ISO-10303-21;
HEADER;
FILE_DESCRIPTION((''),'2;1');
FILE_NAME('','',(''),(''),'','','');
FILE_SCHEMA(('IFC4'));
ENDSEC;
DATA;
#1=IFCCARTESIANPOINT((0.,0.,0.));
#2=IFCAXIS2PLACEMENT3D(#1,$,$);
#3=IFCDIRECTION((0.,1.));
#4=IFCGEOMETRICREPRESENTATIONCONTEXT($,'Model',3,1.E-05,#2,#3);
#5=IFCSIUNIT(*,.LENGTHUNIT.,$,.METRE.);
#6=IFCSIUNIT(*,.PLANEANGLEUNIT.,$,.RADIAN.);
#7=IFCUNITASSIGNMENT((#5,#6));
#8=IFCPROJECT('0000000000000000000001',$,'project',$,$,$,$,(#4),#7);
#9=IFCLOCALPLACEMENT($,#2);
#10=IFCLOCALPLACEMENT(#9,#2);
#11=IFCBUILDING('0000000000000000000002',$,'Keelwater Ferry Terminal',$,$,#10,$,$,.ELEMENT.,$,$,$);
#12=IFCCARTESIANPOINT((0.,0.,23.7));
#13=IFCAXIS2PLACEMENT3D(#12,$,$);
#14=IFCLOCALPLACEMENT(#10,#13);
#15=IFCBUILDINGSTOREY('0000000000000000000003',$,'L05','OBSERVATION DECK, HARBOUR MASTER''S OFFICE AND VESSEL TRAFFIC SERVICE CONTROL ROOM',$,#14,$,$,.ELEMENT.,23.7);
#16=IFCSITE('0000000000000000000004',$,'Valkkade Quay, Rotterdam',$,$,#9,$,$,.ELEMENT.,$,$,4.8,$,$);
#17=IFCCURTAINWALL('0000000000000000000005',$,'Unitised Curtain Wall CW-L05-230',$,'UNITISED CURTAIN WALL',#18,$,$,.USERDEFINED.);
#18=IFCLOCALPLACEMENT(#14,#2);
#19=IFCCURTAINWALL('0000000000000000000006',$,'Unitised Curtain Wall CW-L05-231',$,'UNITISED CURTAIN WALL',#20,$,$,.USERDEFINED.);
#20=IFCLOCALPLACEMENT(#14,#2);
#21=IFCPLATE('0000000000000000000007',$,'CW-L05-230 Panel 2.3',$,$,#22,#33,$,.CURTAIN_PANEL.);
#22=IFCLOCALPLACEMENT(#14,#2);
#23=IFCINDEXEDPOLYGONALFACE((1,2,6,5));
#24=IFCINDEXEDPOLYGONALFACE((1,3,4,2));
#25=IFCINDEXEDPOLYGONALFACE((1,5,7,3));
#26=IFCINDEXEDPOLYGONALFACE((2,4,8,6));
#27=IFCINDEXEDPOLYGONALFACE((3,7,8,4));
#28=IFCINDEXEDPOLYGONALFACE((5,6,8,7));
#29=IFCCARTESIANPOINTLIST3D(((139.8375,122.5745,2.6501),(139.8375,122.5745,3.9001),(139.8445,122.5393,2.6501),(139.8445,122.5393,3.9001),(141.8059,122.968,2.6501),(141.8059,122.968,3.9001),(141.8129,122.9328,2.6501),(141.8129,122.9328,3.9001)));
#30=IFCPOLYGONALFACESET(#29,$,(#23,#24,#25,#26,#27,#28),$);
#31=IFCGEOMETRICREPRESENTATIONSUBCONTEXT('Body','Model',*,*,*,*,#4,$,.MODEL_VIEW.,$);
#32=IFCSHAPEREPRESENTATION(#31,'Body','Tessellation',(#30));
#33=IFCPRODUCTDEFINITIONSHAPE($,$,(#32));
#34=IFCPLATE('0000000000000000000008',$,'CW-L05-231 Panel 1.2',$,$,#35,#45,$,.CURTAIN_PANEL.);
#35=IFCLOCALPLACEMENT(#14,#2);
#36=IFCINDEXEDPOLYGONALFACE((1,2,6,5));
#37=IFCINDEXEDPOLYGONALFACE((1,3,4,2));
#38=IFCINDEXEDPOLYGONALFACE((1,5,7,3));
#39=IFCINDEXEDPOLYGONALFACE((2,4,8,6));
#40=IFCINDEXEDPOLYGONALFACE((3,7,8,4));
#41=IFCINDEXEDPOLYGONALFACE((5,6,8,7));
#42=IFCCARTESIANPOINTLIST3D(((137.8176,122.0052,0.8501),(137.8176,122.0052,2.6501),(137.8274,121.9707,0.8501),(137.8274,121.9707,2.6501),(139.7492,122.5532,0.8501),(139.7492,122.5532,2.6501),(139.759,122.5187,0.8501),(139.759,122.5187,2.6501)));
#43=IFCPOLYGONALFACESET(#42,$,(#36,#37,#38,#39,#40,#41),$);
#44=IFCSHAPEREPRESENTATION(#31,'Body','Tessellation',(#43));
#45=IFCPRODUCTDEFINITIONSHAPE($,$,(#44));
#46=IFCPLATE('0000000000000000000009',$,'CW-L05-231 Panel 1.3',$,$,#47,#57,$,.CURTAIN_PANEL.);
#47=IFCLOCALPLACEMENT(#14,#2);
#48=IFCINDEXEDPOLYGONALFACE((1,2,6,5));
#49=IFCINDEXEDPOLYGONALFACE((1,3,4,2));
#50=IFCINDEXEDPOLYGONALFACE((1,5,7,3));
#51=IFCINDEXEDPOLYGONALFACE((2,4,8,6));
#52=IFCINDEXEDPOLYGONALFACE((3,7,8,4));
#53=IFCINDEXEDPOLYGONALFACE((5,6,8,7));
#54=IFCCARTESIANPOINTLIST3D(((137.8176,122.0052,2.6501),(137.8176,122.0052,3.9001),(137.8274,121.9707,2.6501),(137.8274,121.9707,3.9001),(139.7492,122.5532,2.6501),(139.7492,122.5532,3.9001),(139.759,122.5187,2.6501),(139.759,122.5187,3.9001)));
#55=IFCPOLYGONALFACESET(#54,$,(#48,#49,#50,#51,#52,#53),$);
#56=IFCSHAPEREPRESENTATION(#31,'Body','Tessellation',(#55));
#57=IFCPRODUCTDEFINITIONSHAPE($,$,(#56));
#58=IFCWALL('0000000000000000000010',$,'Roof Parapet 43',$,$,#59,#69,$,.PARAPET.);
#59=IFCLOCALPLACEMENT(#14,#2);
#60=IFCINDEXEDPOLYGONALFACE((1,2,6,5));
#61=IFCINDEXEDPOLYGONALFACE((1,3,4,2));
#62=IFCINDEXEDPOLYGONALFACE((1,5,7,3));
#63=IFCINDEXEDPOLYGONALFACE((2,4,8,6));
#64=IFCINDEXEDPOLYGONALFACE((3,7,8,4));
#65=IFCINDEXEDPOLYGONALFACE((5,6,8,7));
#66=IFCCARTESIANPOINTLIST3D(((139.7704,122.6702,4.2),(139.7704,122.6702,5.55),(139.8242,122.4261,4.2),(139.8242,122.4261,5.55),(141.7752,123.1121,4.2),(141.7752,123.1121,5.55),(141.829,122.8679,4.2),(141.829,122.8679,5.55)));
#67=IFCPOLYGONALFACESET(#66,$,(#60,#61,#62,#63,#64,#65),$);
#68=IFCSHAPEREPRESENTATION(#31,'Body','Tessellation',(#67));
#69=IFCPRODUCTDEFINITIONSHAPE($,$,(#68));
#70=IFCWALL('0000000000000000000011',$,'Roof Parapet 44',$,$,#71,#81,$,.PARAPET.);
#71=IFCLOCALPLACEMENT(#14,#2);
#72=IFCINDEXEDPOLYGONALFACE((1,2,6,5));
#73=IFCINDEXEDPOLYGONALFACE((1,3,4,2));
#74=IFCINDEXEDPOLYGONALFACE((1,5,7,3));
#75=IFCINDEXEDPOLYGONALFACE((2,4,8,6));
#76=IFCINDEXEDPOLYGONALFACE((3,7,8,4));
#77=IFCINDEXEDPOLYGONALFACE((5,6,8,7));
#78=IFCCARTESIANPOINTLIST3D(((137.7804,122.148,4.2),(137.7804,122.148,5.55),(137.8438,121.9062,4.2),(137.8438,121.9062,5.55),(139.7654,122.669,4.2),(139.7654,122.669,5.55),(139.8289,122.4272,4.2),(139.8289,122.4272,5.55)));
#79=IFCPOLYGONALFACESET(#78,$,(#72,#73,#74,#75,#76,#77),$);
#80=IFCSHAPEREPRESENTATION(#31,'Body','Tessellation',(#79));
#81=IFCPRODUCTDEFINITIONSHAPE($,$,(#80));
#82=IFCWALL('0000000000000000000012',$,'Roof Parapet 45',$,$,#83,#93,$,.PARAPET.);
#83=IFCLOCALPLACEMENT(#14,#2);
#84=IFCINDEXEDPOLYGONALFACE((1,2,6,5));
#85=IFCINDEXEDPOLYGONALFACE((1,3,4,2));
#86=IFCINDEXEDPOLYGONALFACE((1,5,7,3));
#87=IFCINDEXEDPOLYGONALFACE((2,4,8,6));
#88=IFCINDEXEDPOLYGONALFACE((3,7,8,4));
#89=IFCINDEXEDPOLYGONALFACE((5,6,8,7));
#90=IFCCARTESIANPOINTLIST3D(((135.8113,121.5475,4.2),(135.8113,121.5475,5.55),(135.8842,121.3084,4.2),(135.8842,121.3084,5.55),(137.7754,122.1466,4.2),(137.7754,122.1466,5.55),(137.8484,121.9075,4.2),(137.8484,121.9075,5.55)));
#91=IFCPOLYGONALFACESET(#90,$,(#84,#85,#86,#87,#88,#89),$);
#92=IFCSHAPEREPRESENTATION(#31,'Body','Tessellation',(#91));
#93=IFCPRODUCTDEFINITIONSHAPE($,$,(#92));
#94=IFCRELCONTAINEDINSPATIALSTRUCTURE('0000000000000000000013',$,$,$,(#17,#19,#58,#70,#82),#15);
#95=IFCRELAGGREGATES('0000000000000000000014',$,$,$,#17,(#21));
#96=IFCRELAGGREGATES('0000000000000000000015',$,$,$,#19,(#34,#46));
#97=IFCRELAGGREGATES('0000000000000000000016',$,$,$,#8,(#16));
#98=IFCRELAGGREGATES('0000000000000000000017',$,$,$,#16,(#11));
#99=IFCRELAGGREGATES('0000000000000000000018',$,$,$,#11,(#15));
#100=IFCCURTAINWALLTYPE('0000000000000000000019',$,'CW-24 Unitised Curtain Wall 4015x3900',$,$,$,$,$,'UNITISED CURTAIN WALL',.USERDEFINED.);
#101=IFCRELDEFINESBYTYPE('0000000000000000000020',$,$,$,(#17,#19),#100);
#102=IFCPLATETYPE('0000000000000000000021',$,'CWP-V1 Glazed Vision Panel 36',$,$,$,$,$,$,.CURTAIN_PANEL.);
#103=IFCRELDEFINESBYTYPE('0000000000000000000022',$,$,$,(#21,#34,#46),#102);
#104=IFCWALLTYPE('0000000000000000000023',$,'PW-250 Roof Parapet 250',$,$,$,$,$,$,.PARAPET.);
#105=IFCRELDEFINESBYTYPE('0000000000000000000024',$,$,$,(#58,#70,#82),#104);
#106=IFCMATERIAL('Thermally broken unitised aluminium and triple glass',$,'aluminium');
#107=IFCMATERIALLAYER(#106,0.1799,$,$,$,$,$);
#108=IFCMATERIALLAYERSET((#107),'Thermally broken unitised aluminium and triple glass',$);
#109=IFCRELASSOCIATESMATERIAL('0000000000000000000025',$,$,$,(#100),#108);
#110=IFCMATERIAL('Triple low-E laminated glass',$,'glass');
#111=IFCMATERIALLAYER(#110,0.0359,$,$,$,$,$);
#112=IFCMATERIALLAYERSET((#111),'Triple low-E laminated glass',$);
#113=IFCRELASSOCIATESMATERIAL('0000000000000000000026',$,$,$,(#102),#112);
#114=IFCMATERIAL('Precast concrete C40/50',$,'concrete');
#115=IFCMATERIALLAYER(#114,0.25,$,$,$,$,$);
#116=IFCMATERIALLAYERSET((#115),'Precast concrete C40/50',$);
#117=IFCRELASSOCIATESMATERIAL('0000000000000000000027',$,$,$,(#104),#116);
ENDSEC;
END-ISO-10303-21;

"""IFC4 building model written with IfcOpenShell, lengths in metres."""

from ifc_helpers import new_model, si_unit, direction, frame, frame_2d, origin, origin_2d, place, context, subcontext, project, spatial, rectangle, extrude, material, layer, layer_set, type_object, element, aggregate, save


model = new_model("IFC4")

# Units and contexts
model_context = context("Model", 3, precision=1e-05, world=origin(), true_north=direction((0.0, 1.0)))
body_context = subcontext(model_context, "Body", "Model", "MODEL_VIEW")
ifc_project = project(units=[si_unit("LENGTHUNIT", "METRE"), si_unit("PLANEANGLEUNIT", "RADIAN")], contexts=[model_context])

# Site, building, storey
site_placement = place(None, origin())
site = spatial("IfcSite", under=ifc_project, at=site_placement, Name="Valkkade Quay, Rotterdam", CompositionType="ELEMENT", RefElevation=4.8)
building_placement = place(site_placement, origin())
building = spatial("IfcBuilding", under=site, at=building_placement, Name="Keelwater Ferry Terminal", CompositionType="ELEMENT")
storey_placement = place(building_placement, frame((0.0, 0.0, 23.7)))
storey = spatial("IfcBuildingStorey", under=building, at=storey_placement, Name="L05", Description="OBSERVATION DECK, HARBOUR MASTER'S OFFICE AND VESSEL TRAFFIC SERVICE CONTROL ROOM", CompositionType="ELEMENT", Elevation=23.7)

# Curtain walls
ifc_material_1 = material(Name="Thermally broken unitised aluminium and triple glass", Category="aluminium")
ifc_layer_1 = layer(ifc_material_1, 0.1799)
ifc_layer_set_1 = layer_set([ifc_layer_1], Name="Thermally broken unitised aluminium and triple glass")
curtain_wall_type = type_object("IfcCurtainWallType", Name="CW-24 Unitised Curtain Wall 4015x3900", ElementType="UNITISED CURTAIN WALL", PredefinedType="USERDEFINED", material=ifc_layer_set_1)
curtain_wall_1_placement = place(storey_placement, origin())
curtain_wall_1 = element("IfcCurtainWall", 1, at=curtain_wall_1_placement, inside=storey, type_object=curtain_wall_type, Name="Unitised Curtain Wall CW-L05-230", ObjectType="UNITISED CURTAIN WALL", PredefinedType="USERDEFINED")
curtain_wall_2_placement = place(storey_placement, origin())
curtain_wall_2 = element("IfcCurtainWall", 2, at=curtain_wall_2_placement, inside=storey, type_object=curtain_wall_type, Name="Unitised Curtain Wall CW-L05-231", ObjectType="UNITISED CURTAIN WALL", PredefinedType="USERDEFINED")

# Plates
ifc_material_2 = material(Name="Triple low-E laminated glass", Category="glass")
ifc_layer_2 = layer(ifc_material_2, 0.0359)
ifc_layer_set_2 = layer_set([ifc_layer_2], Name="Triple low-E laminated glass")
plate_type_1 = type_object("IfcPlateType", Name="CWP-V1 Glazed Vision Panel 36", PredefinedType="CURTAIN_PANEL", material=ifc_layer_set_2)
plate_1_placement = place(storey_placement, frame((140.8252, 122.7537, 2.6501), z_axis=(0.0, 0.0, 1.0), x_axis=(-0.9806, -0.19602, 0.0)))
plate_1 = element("IfcPlate", 3, at=plate_1_placement, type_object=plate_type_1, Name="CW-L05-230 Panel 2.3", PredefinedType="CURTAIN_PANEL", context=body_context, shape_type="SweptSolid", body=[
    extrude(rectangle(XDim=2.0073, YDim=0.0359, at=origin_2d()), origin(), (0.0, 0.0, 1.0), 1.25),
])
aggregate(curtain_wall_1, [plate_1])
plate_2_placement = place(storey_placement, frame((138.7883, 122.262, 0.8501), z_axis=(0.0, 0.0, 1.0), x_axis=(-0.96203, -0.272945, 0.0)))
plate_2 = element("IfcPlate", 4, at=plate_2_placement, type_object=plate_type_1, Name="CW-L05-231 Panel 1.2", PredefinedType="CURTAIN_PANEL", context=body_context, shape_type="SweptSolid", body=[
    extrude(rectangle(XDim=2.0078, YDim=0.0359, at=origin_2d()), origin(), (0.0, 0.0, 1.0), 1.8),
])
plate_3_placement = place(storey_placement, frame((138.7883, 122.262, 2.6501), z_axis=(0.0, 0.0, 1.0), x_axis=(-0.96203, -0.272945, 0.0)))
plate_3 = element("IfcPlate", 5, at=plate_3_placement, type_object=plate_type_1, Name="CW-L05-231 Panel 1.3", PredefinedType="CURTAIN_PANEL", context=body_context, shape_type="SweptSolid", body=[
    extrude(rectangle(XDim=2.0078, YDim=0.0359, at=origin_2d()), origin(), (0.0, 0.0, 1.0), 1.25),
])
aggregate(curtain_wall_2, [plate_2, plate_3])

# Walls
ifc_material_3 = material(Name="Precast concrete C40/50", Category="concrete")
ifc_layer_3 = layer(ifc_material_3, 0.25)
ifc_layer_set_3 = layer_set([ifc_layer_3], Name="Precast concrete C40/50")
wall_type = type_object("IfcWallType", Name="PW-250 Roof Parapet 250", PredefinedType="PARAPET", material=ifc_layer_set_3)
wall_1_placement = place(storey_placement, frame((141.802, 122.99, 4.2), z_axis=(0.0, 0.0, 1.0), x_axis=(-0.976561, -0.215243, 0.0)))
element("IfcWall", 6, at=wall_1_placement, inside=storey, type_object=wall_type, Name="Roof Parapet 43", PredefinedType="PARAPET", context=body_context, shape_type="SweptSolid", body=[
    extrude(rectangle(XDim=2.053, YDim=0.25, at=frame_2d((1.0264, 0.0))), origin(), (0.0, 0.0, 1.0), 1.3501),
])
wall_2_placement = place(storey_placement, frame((139.7971, 122.5481, 4.2), z_axis=(0.0, 0.0, 1.0), x_axis=(-0.967242, -0.253855, 0.0)))
element("IfcWall", 7, at=wall_2_placement, inside=storey, type_object=wall_type, Name="Roof Parapet 44", PredefinedType="PARAPET", context=body_context, shape_type="SweptSolid", body=[
    extrude(rectangle(XDim=2.0522, YDim=0.25, at=frame_2d((1.0261, 0.0))), origin(), (0.0, 0.0, 1.0), 1.3501),
])
wall_3_placement = place(storey_placement, frame((137.812, 122.0271, 4.2), z_axis=(0.0, 0.0, 1.0), x_axis=(-0.956491, -0.291762, 0.0)))
element("IfcWall", 8, at=wall_3_placement, inside=storey, type_object=wall_type, Name="Roof Parapet 45", PredefinedType="PARAPET", context=body_context, shape_type="SweptSolid", body=[
    extrude(rectangle(XDim=2.0535, YDim=0.25, at=frame_2d((1.0269, 0.0))), origin(), (0.0, 0.0, 1.0), 1.3501),
])

save(model, "model.ifc")
